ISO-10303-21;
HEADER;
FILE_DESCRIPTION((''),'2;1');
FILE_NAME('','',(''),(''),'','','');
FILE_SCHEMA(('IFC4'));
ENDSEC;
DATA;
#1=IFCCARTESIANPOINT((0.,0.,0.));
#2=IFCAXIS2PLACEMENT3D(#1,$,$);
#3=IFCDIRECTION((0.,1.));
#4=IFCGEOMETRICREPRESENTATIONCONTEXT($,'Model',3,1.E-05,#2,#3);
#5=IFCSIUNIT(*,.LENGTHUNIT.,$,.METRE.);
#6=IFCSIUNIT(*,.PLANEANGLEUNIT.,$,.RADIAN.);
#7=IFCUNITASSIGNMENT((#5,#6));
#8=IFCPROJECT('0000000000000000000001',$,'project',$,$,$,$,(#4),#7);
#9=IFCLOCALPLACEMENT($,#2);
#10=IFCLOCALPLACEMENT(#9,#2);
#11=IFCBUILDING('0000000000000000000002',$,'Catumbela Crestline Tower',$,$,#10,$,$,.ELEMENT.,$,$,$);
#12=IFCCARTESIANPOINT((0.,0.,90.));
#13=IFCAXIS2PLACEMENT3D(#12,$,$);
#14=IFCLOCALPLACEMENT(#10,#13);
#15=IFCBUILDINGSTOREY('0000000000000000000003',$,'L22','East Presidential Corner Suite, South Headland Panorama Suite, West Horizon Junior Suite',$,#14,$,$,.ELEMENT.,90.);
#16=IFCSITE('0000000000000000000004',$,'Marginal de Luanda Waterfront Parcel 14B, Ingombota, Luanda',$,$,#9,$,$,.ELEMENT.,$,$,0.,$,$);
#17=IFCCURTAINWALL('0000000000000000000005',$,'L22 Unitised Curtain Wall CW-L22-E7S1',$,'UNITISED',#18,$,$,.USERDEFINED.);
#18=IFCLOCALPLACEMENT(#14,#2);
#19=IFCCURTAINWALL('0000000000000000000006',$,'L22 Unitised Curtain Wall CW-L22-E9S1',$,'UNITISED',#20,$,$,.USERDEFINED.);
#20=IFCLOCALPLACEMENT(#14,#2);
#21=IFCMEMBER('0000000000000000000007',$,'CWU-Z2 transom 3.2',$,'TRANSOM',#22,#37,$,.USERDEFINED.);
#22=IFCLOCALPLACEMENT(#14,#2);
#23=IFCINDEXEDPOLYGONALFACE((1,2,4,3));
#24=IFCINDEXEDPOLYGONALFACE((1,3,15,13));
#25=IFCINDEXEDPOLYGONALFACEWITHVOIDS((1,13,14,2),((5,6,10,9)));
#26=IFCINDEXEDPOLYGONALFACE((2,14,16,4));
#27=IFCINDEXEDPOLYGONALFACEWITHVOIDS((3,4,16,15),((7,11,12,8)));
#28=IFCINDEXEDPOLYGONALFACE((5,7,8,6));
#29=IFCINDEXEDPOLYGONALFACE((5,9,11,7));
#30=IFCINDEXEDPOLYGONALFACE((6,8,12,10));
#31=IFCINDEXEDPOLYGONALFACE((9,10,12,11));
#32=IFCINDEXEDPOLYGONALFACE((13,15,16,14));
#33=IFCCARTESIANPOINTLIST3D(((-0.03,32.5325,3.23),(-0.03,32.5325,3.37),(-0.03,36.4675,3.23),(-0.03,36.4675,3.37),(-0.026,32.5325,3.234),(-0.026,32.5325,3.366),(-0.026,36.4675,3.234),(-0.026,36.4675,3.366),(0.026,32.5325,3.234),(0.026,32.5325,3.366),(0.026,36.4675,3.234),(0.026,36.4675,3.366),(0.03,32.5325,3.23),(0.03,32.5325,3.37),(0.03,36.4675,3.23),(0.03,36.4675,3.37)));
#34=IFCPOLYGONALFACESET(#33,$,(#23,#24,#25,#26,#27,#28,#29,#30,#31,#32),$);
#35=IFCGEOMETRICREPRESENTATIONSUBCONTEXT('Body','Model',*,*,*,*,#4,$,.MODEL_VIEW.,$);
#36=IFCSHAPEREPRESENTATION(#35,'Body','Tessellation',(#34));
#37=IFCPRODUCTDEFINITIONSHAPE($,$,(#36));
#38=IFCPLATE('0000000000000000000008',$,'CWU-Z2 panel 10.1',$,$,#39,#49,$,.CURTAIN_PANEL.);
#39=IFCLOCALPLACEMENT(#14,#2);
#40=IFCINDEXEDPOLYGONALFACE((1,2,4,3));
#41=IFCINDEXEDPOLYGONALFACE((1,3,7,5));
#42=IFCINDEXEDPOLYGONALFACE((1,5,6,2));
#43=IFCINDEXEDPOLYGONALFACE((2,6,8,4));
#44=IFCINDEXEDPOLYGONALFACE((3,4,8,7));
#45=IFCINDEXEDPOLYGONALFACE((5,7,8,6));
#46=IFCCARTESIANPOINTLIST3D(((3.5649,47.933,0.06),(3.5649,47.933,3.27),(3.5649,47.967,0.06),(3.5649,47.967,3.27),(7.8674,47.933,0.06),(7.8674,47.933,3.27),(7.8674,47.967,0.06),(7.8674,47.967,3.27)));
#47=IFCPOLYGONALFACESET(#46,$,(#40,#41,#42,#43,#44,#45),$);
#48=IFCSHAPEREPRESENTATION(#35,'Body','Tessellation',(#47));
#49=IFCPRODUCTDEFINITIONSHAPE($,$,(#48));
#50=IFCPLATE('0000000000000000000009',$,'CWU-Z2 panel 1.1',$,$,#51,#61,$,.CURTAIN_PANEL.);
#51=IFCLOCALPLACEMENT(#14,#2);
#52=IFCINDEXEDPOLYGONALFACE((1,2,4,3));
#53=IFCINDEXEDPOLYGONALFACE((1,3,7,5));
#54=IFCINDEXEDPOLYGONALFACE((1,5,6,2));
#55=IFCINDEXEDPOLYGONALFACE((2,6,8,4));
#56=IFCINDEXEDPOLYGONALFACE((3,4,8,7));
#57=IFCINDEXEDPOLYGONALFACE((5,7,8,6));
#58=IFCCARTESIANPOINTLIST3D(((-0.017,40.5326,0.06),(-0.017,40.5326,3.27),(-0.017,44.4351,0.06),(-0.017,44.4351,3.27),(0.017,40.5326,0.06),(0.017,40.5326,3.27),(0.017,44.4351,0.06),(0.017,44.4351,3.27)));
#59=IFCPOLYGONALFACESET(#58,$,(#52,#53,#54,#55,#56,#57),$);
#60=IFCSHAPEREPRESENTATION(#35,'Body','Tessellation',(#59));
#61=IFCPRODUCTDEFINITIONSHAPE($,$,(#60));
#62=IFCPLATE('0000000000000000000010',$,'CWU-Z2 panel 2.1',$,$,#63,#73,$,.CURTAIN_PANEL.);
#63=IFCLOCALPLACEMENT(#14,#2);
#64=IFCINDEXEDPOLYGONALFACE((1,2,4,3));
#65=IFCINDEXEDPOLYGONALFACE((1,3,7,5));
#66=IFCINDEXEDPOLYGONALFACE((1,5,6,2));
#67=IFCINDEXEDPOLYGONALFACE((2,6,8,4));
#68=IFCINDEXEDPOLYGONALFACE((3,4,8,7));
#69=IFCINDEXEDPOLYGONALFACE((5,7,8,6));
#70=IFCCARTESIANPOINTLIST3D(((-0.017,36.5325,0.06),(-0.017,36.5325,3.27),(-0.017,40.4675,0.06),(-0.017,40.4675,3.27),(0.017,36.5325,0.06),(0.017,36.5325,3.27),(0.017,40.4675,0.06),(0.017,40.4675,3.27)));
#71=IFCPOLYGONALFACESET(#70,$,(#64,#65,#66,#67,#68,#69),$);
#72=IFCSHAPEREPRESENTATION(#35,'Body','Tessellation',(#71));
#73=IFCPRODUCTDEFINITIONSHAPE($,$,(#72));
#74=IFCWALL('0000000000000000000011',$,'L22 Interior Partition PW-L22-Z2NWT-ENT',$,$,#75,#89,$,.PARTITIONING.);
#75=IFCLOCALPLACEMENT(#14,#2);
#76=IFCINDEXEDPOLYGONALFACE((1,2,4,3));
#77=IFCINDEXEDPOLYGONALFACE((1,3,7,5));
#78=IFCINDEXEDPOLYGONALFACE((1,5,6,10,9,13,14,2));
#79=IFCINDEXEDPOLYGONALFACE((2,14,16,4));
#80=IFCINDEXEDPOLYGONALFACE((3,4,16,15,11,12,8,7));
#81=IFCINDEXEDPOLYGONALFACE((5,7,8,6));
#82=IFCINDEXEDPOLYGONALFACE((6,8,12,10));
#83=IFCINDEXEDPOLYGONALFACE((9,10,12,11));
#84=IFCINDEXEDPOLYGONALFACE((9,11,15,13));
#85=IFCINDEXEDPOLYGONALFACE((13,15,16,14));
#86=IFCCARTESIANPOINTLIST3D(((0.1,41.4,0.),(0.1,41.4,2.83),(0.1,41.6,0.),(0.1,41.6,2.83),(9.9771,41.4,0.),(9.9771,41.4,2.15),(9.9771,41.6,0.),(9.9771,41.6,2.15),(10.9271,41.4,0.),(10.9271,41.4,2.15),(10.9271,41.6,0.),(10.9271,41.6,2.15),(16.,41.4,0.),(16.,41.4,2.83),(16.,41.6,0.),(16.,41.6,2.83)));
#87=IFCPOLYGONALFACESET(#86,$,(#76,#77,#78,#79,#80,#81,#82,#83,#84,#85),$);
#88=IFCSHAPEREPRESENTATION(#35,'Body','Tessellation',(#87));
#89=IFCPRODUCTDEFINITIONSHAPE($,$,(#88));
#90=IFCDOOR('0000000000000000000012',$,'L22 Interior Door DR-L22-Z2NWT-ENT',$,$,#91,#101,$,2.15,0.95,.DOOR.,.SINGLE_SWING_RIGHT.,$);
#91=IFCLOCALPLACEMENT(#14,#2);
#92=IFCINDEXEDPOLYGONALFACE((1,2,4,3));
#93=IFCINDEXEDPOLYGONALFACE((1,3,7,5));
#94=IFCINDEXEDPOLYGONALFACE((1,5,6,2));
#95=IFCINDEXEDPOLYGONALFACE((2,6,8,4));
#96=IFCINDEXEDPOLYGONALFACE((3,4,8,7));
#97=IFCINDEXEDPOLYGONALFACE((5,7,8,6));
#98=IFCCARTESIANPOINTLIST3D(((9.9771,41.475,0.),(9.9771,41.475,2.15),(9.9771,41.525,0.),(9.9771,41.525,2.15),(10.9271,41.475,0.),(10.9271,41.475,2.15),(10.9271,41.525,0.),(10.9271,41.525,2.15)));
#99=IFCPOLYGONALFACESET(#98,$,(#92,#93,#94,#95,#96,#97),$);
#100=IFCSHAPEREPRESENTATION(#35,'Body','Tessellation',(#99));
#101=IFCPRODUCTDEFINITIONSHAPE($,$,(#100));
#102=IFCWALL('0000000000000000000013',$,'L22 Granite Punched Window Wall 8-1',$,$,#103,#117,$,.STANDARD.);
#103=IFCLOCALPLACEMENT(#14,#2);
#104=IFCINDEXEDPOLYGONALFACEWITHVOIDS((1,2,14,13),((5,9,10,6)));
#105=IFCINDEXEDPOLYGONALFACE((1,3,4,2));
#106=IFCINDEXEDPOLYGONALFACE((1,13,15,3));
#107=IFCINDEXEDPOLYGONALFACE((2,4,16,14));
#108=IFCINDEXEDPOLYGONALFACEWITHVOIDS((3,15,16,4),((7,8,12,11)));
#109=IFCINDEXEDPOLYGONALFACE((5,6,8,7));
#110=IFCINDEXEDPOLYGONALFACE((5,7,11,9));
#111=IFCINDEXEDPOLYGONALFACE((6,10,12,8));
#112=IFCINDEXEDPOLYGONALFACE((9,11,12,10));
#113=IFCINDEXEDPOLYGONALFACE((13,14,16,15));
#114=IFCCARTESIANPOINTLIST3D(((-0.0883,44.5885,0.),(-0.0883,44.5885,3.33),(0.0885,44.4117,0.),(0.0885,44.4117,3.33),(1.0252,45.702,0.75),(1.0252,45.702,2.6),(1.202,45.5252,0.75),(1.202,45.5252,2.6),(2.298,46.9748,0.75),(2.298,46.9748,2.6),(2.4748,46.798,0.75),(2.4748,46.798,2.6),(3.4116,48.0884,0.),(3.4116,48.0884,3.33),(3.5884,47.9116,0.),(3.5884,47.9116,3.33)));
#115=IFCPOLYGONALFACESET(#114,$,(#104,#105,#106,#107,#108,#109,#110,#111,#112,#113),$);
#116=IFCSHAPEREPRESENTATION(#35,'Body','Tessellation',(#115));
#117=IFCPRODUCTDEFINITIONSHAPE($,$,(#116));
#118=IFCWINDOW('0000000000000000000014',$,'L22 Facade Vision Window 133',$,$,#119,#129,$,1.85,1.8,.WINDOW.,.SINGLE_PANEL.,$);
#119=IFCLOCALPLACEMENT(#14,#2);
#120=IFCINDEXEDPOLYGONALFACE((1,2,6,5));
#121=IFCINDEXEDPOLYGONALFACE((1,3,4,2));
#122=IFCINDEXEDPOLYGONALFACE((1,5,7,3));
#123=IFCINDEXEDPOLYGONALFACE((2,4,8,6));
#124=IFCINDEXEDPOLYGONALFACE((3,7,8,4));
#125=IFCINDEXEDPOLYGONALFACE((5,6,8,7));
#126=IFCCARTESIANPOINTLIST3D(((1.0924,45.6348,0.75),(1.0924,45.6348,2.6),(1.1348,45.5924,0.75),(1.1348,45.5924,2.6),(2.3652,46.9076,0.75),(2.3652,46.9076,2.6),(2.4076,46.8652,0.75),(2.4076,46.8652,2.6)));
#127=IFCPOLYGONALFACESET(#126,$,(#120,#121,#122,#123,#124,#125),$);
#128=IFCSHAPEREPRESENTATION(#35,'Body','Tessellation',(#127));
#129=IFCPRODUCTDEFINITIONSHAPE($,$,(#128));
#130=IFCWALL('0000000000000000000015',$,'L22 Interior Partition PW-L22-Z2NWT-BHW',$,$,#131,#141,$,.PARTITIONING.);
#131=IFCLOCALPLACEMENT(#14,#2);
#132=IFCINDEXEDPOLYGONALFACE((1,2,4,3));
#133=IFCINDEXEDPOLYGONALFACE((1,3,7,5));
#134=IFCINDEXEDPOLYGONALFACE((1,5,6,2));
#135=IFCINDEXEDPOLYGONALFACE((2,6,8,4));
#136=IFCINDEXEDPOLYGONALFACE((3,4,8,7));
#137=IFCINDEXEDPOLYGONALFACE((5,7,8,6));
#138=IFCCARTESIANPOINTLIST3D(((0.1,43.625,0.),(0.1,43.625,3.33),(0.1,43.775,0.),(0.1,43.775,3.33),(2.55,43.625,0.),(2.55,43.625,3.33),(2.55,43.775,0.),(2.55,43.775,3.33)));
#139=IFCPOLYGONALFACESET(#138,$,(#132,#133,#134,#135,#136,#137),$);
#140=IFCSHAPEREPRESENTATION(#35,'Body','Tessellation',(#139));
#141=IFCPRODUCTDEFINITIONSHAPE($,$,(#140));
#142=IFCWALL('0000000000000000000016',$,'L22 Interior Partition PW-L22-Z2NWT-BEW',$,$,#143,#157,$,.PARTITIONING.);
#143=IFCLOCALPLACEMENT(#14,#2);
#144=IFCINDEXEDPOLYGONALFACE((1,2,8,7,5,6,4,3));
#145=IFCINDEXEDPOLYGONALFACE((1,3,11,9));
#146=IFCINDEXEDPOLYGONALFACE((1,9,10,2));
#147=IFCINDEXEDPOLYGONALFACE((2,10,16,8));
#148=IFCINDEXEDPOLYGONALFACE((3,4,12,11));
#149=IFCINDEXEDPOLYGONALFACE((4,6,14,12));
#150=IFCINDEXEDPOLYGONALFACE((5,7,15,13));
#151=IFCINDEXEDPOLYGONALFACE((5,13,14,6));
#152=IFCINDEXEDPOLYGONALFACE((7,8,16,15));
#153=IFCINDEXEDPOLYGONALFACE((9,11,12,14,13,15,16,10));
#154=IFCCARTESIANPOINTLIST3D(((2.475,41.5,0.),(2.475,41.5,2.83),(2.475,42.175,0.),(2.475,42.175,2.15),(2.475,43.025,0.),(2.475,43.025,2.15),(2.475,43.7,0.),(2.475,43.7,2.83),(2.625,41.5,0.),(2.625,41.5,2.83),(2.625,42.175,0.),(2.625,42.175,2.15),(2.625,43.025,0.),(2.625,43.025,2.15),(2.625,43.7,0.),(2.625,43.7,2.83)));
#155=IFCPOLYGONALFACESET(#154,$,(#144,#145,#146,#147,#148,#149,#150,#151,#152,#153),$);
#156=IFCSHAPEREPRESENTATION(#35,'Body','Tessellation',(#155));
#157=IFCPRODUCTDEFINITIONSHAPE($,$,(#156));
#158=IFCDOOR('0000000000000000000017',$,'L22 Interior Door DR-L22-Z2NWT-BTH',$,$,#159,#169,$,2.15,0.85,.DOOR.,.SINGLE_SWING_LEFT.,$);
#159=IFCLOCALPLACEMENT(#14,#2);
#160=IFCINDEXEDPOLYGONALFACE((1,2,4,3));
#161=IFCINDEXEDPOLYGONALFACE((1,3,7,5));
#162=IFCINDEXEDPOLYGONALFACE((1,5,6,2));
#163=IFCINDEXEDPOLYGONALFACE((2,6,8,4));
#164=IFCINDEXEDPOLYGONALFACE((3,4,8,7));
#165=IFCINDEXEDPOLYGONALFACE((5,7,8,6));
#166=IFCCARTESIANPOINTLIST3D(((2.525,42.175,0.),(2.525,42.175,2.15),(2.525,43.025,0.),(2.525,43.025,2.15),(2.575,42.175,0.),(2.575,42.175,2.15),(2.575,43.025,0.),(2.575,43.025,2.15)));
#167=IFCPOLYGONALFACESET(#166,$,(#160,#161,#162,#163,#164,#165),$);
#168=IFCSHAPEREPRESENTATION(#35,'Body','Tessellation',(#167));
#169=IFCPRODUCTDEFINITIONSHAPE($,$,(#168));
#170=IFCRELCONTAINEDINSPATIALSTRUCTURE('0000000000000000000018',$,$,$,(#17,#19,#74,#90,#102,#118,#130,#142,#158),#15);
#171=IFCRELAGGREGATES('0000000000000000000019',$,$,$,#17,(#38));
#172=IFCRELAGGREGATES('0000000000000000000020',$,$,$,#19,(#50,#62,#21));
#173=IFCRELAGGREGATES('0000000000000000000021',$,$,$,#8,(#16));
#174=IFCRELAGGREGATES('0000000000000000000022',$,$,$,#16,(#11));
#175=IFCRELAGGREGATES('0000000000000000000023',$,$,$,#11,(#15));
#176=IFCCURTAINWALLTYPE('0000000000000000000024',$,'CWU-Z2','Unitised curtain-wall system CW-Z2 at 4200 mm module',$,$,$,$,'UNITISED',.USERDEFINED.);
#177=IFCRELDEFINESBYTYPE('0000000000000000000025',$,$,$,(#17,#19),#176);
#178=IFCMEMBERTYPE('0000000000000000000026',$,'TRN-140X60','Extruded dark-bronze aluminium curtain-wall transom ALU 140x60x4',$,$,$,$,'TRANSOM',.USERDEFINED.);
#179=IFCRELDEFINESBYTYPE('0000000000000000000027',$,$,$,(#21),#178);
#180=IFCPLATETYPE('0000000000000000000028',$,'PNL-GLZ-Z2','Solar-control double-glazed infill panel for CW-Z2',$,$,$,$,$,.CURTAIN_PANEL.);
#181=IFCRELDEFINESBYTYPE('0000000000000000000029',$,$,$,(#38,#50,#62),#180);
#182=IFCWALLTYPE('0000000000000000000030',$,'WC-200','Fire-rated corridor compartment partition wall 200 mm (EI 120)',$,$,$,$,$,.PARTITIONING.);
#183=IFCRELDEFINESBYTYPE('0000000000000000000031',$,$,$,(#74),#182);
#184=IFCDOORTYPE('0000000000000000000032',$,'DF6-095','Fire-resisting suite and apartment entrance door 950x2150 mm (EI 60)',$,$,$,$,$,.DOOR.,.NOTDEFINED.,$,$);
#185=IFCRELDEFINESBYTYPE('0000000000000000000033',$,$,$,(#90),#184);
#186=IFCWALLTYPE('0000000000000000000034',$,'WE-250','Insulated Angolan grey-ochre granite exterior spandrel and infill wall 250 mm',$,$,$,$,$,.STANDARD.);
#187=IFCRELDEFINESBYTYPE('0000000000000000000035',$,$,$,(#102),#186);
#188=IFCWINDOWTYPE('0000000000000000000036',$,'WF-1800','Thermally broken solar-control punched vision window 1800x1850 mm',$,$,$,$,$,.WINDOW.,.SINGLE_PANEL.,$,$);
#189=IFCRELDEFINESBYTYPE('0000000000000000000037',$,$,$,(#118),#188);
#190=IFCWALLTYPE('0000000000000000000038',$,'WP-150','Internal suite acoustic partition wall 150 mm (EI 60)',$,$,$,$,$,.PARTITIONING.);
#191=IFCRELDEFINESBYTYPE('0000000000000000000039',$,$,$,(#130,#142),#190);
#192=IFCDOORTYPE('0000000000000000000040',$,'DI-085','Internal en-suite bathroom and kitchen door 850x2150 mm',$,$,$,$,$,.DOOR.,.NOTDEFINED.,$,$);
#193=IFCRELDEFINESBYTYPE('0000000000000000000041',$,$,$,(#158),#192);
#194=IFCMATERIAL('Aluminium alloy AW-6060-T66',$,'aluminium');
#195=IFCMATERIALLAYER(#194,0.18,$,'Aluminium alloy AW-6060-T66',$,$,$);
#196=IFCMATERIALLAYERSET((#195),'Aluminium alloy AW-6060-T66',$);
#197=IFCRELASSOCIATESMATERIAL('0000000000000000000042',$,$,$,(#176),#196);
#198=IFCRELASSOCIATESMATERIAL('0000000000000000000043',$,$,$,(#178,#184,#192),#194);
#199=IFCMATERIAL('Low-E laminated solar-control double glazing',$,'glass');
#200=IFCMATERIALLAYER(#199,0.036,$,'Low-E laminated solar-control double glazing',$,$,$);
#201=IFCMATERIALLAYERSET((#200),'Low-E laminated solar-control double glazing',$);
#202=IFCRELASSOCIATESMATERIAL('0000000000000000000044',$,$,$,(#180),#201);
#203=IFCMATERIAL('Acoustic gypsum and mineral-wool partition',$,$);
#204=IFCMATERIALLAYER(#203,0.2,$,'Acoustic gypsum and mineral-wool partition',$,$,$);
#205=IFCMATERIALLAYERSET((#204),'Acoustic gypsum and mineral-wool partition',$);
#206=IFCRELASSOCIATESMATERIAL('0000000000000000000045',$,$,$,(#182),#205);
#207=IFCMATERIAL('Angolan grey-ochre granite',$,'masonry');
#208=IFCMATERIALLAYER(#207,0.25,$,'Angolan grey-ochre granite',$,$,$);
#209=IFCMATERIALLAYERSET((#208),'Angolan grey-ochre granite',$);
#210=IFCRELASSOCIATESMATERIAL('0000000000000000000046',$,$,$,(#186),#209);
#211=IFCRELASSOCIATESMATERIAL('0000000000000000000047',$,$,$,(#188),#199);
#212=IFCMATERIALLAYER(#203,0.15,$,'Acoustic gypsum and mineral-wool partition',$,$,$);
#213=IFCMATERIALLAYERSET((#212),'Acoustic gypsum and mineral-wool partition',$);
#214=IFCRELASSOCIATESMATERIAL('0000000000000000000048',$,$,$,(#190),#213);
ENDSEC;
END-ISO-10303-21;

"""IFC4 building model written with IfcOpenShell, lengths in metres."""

from ifc_helpers import new_model, si_unit, direction, frame, frame_2d, origin, origin_2d, place, context, subcontext, project, spatial, rectangle, hollow_rectangle, extrude, material, layer, layer_set, material_profile, profile_set, type_object, element, fill, aggregate, save


model = new_model("IFC4")

# Units and contexts
model_context = context("Model", 3, precision=1e-05, world=origin(), true_north=direction((0.0, 1.0)))
body_context = subcontext(model_context, "Body", "Model", "MODEL_VIEW")
ifc_project = project(units=[si_unit("LENGTHUNIT", "METRE"), si_unit("PLANEANGLEUNIT", "RADIAN")], contexts=[model_context])

# Site, building, storey
site_placement = place(None, origin())
site = spatial("IfcSite", under=ifc_project, at=site_placement, Name="Marginal de Luanda Waterfront Parcel 14B, Ingombota, Luanda", CompositionType="ELEMENT", RefElevation=0.0)
building_placement = place(site_placement, origin())
building = spatial("IfcBuilding", under=site, at=building_placement, Name="Catumbela Crestline Tower", CompositionType="ELEMENT")
storey_placement = place(building_placement, frame((0.0, 0.0, 90.0)))
storey = spatial("IfcBuildingStorey", under=building, at=storey_placement, Name="L22", Description="East Presidential Corner Suite, South Headland Panorama Suite, West Horizon Junior Suite", CompositionType="ELEMENT", Elevation=90.0)

# Curtain wall
ifc_material_1 = material(Name="Aluminium alloy AW-6060-T66", Category="aluminium")
ifc_layer_1 = layer(ifc_material_1, 0.18, Name="Aluminium alloy AW-6060-T66")
ifc_layer_set_1 = layer_set([ifc_layer_1], Name="Aluminium alloy AW-6060-T66")
curtain_wall_type = type_object("IfcCurtainWallType", Name="CWU-Z2", Description="Unitised curtain-wall system CW-Z2 at 4200 mm module", ElementType="UNITISED", PredefinedType="USERDEFINED", material=ifc_layer_set_1)
curtain_wall_1_placement = place(storey_placement, origin())
curtain_wall_1 = element("IfcCurtainWall", 1, at=curtain_wall_1_placement, inside=storey, type_object=curtain_wall_type, Name="L22 Unitised Curtain Wall CW-L22-E7S1", ObjectType="UNITISED", PredefinedType="USERDEFINED")

# Curtain wall
curtain_wall_2_placement = place(storey_placement, origin())
curtain_wall_2 = element("IfcCurtainWall", 2, at=curtain_wall_2_placement, inside=storey, type_object=curtain_wall_type, Name="L22 Unitised Curtain Wall CW-L22-E9S1", ObjectType="UNITISED", PredefinedType="USERDEFINED")

# Member
ifc_material_profile_1 = material_profile(ifc_material_1, hollow_rectangle(XDim=0.06, YDim=0.14, WallThickness=0.004, at=origin_2d()), Name="ALU 140x60x4")
ifc_profile_set_1 = profile_set([ifc_material_profile_1], Name="Aluminium alloy AW-6060-T66")
member_type_1 = type_object("IfcMemberType", Name="TRN-140X60", Description="Extruded dark-bronze aluminium curtain-wall transom ALU 140x60x4", ElementType="TRANSOM", PredefinedType="USERDEFINED", material=ifc_profile_set_1)
member_1_placement = place(storey_placement, frame((0.0, 36.4675, 3.3), z_axis=(0.0, -1.0, 0.0), x_axis=(1.0, 0.0, 0.0)))
member_1 = element("IfcMember", 3, at=member_1_placement, type_object=member_type_1, Name="CWU-Z2 transom 3.2", ObjectType="TRANSOM", PredefinedType="USERDEFINED", context=body_context, shape_type="SweptSolid", body=[
    extrude(hollow_rectangle(XDim=0.06, YDim=0.14, WallThickness=0.004, at=origin_2d()), origin(), (0.0, 0.0, 1.0), 3.935),
])

# Plates
ifc_material_2 = material(Name="Low-E laminated solar-control double glazing", Category="glass")
ifc_layer_2 = layer(ifc_material_2, 0.036, Name="Low-E laminated solar-control double glazing")
ifc_layer_set_2 = layer_set([ifc_layer_2], Name="Low-E laminated solar-control double glazing")
plate_type = type_object("IfcPlateType", Name="PNL-GLZ-Z2", Description="Solar-control double-glazed infill panel for CW-Z2", PredefinedType="CURTAIN_PANEL", material=ifc_layer_set_2)
plate_1_placement = place(storey_placement, frame((5.7162, 47.95, 0.06), z_axis=(0.0, 0.0, 1.0), x_axis=(-1.0, 0.0, 0.0)))
plate_1 = element("IfcPlate", 4, at=plate_1_placement, type_object=plate_type, Name="CWU-Z2 panel 10.1", PredefinedType="CURTAIN_PANEL", context=body_context, shape_type="SweptSolid", body=[
    extrude(rectangle(XDim=4.3025, YDim=0.034, at=origin_2d()), origin(), (0.0, 0.0, 1.0), 3.21),
])
aggregate(curtain_wall_1, [plate_1])
plate_2_placement = place(storey_placement, frame((0.0, 42.4838, 0.06), z_axis=(0.0, 0.0, 1.0), x_axis=(0.0, -1.0, 0.0)))
plate_2 = element("IfcPlate", 5, at=plate_2_placement, type_object=plate_type, Name="CWU-Z2 panel 1.1", PredefinedType="CURTAIN_PANEL", context=body_context, shape_type="SweptSolid", body=[
    extrude(rectangle(XDim=3.9025, YDim=0.034, at=origin_2d()), origin(), (0.0, 0.0, 1.0), 3.21),
])
plate_3_placement = place(storey_placement, frame((0.0, 38.5, 0.06), z_axis=(0.0, 0.0, 1.0), x_axis=(0.0, -1.0, 0.0)))
plate_3 = element("IfcPlate", 6, at=plate_3_placement, type_object=plate_type, Name="CWU-Z2 panel 2.1", PredefinedType="CURTAIN_PANEL", context=body_context, shape_type="SweptSolid", body=[
    extrude(rectangle(XDim=3.935, YDim=0.034, at=origin_2d()), origin(), (0.0, 0.0, 1.0), 3.21),
])
aggregate(curtain_wall_2, [plate_2, plate_3, member_1])

# Wall, opening, door
ifc_material_3 = material(Name="Acoustic gypsum and mineral-wool partition")
ifc_layer_3 = layer(ifc_material_3, 0.2, Name="Acoustic gypsum and mineral-wool partition")
ifc_layer_set_3 = layer_set([ifc_layer_3], Name="Acoustic gypsum and mineral-wool partition")
wall_type_1 = type_object("IfcWallType", Name="WC-200", Description="Fire-rated corridor compartment partition wall 200 mm (EI 120)", PredefinedType="PARTITIONING", material=ifc_layer_set_3)
wall_1_placement = place(storey_placement, frame((0.1, 41.5, 0.0), z_axis=(0.0, 0.0, 1.0), x_axis=(1.0, 0.0, 0.0)))
wall_1 = element("IfcWall", 7, at=wall_1_placement, inside=storey, type_object=wall_type_1, Name="L22 Interior Partition PW-L22-Z2NWT-ENT", PredefinedType="PARTITIONING", context=body_context, shape_type="SweptSolid", body=[
    extrude(rectangle(XDim=15.9, YDim=0.2, at=frame_2d((7.95, 0.0))), origin(), (0.0, 0.0, 1.0), 2.83),
])
opening_1_placement = place(wall_1_placement, frame((9.8771, 0.0, 0.0)))
opening_1 = element("IfcOpeningElement", 8, at=opening_1_placement, cuts=wall_1, PredefinedType="OPENING", context=body_context, shape_type="SweptSolid", body=[
    extrude(rectangle(XDim=0.95, YDim=2.15, at=frame_2d((0.475, 1.075))), frame((0.0, 0.11, 0.0), z_axis=(0.0, -1.0, 0.0), x_axis=(1.0, 0.0, 0.0)), (0.0, 0.0, 1.0), 0.22),
])
door_type_1 = type_object("IfcDoorType", Name="DF6-095", Description="Fire-resisting suite and apartment entrance door 950x2150 mm (EI 60)", OperationType="NOTDEFINED", PredefinedType="DOOR", material=ifc_material_1)
door_1_placement = place(opening_1_placement, origin())
door_1 = element("IfcDoor", 9, at=door_1_placement, inside=storey, type_object=door_type_1, Name="L22 Interior Door DR-L22-Z2NWT-ENT", OperationType="SINGLE_SWING_RIGHT", OverallHeight=2.15, OverallWidth=0.95, PredefinedType="DOOR", context=body_context, shape_type="SweptSolid", body=[
    extrude(rectangle(XDim=0.95, YDim=2.15, at=frame_2d((0.475, 1.075))), frame((0.0, 0.025, 0.0), z_axis=(0.0, -1.0, 0.0), x_axis=(1.0, 0.0, 0.0)), (0.0, 0.0, 1.0), 0.05),
])
fill(opening_1, door_1)

# Wall, opening, window
ifc_material_4 = material(Name="Angolan grey-ochre granite", Category="masonry")
ifc_layer_4 = layer(ifc_material_4, 0.25, Name="Angolan grey-ochre granite")
ifc_layer_set_4 = layer_set([ifc_layer_4], Name="Angolan grey-ochre granite")
wall_type_2 = type_object("IfcWallType", Name="WE-250", Description="Insulated Angolan grey-ochre granite exterior spandrel and infill wall 250 mm", PredefinedType="STANDARD", material=ifc_layer_set_4)
wall_2_placement = place(storey_placement, frame((3.5, 48.0, 0.0), z_axis=(0.0, 0.0, 1.0), x_axis=(-0.707107, -0.707107, 0.0)))
wall_2 = element("IfcWall", 10, at=wall_2_placement, inside=storey, type_object=wall_type_2, Name="L22 Granite Punched Window Wall 8-1", PredefinedType="STANDARD", context=body_context, shape_type="SweptSolid", body=[
    extrude(rectangle(XDim=4.9497, YDim=0.25, at=frame_2d((2.4748, 0.0))), origin(), (0.0, 0.0, 1.0), 3.33),
])
opening_2_placement = place(wall_2_placement, frame((1.5749, 0.0, 0.75)))
opening_2 = element("IfcOpeningElement", 11, at=opening_2_placement, cuts=wall_2, PredefinedType="OPENING", context=body_context, shape_type="SweptSolid", body=[
    extrude(rectangle(XDim=1.8, YDim=1.85, at=frame_2d((0.9, 0.925))), frame((0.0, 0.135, 0.0), z_axis=(0.0, -1.0, 0.0), x_axis=(1.0, 0.0, 0.0)), (0.0, 0.0, 1.0), 0.27),
])
window_type = type_object("IfcWindowType", Name="WF-1800", Description="Thermally broken solar-control punched vision window 1800x1850 mm", PartitioningType="SINGLE_PANEL", PredefinedType="WINDOW", material=ifc_material_2)
window_placement = place(opening_2_placement, origin())
window = element("IfcWindow", 12, at=window_placement, inside=storey, type_object=window_type, Name="L22 Facade Vision Window 133", OverallHeight=1.85, OverallWidth=1.8, PartitioningType="SINGLE_PANEL", PredefinedType="WINDOW", context=body_context, shape_type="SweptSolid", body=[
    extrude(rectangle(XDim=1.8, YDim=1.85, at=frame_2d((0.9, 0.925))), frame((0.0, 0.03, 0.0), z_axis=(0.0, -1.0, 0.0), x_axis=(1.0, 0.0, 0.0)), (0.0, 0.0, 1.0), 0.06),
])
fill(opening_2, window)

# Wall
ifc_layer_5 = layer(ifc_material_3, 0.15, Name="Acoustic gypsum and mineral-wool partition")
ifc_layer_set_5 = layer_set([ifc_layer_5], Name="Acoustic gypsum and mineral-wool partition")
wall_type_3 = type_object("IfcWallType", Name="WP-150", Description="Internal suite acoustic partition wall 150 mm (EI 60)", PredefinedType="PARTITIONING", material=ifc_layer_set_5)
wall_3_placement = place(storey_placement, frame((0.1, 43.7, 0.0), z_axis=(0.0, 0.0, 1.0), x_axis=(1.0, 0.0, 0.0)))
element("IfcWall", 13, at=wall_3_placement, inside=storey, type_object=wall_type_3, Name="L22 Interior Partition PW-L22-Z2NWT-BHW", PredefinedType="PARTITIONING", context=body_context, shape_type="SweptSolid", body=[
    extrude(rectangle(XDim=2.45, YDim=0.15, at=frame_2d((1.225, 0.0))), origin(), (0.0, 0.0, 1.0), 3.33),
])

# Wall, opening, door
wall_4_placement = place(storey_placement, frame((2.55, 41.5, 0.0), z_axis=(0.0, 0.0, 1.0), x_axis=(0.0, 1.0, 0.0)))
wall_4 = element("IfcWall", 14, at=wall_4_placement, inside=storey, type_object=wall_type_3, Name="L22 Interior Partition PW-L22-Z2NWT-BEW", PredefinedType="PARTITIONING", context=body_context, shape_type="SweptSolid", body=[
    extrude(rectangle(XDim=2.2, YDim=0.15, at=frame_2d((1.1, 0.0))), origin(), (0.0, 0.0, 1.0), 2.83),
])
opening_3_placement = place(wall_4_placement, frame((0.675, 0.0, 0.0)))
opening_3 = element("IfcOpeningElement", 15, at=opening_3_placement, cuts=wall_4, PredefinedType="OPENING", context=body_context, shape_type="SweptSolid", body=[
    extrude(rectangle(XDim=0.85, YDim=2.15, at=frame_2d((0.425, 1.075))), frame((0.0, 0.085, 0.0), z_axis=(0.0, -1.0, 0.0), x_axis=(1.0, 0.0, 0.0)), (0.0, 0.0, 1.0), 0.17),
])
door_type_2 = type_object("IfcDoorType", Name="DI-085", Description="Internal en-suite bathroom and kitchen door 850x2150 mm", OperationType="NOTDEFINED", PredefinedType="DOOR", material=ifc_material_1)
door_2_placement = place(opening_3_placement, origin())
door_2 = element("IfcDoor", 16, at=door_2_placement, inside=storey, type_object=door_type_2, Name="L22 Interior Door DR-L22-Z2NWT-BTH", OperationType="SINGLE_SWING_LEFT", OverallHeight=2.15, OverallWidth=0.85, PredefinedType="DOOR", context=body_context, shape_type="SweptSolid", body=[
    extrude(rectangle(XDim=0.85, YDim=2.15, at=frame_2d((0.425, 1.075))), frame((0.0, 0.025, 0.0), z_axis=(0.0, -1.0, 0.0), x_axis=(1.0, 0.0, 0.0)), (0.0, 0.0, 1.0), 0.05),
])
fill(opening_3, door_2)

save(model, "model.ifc")
